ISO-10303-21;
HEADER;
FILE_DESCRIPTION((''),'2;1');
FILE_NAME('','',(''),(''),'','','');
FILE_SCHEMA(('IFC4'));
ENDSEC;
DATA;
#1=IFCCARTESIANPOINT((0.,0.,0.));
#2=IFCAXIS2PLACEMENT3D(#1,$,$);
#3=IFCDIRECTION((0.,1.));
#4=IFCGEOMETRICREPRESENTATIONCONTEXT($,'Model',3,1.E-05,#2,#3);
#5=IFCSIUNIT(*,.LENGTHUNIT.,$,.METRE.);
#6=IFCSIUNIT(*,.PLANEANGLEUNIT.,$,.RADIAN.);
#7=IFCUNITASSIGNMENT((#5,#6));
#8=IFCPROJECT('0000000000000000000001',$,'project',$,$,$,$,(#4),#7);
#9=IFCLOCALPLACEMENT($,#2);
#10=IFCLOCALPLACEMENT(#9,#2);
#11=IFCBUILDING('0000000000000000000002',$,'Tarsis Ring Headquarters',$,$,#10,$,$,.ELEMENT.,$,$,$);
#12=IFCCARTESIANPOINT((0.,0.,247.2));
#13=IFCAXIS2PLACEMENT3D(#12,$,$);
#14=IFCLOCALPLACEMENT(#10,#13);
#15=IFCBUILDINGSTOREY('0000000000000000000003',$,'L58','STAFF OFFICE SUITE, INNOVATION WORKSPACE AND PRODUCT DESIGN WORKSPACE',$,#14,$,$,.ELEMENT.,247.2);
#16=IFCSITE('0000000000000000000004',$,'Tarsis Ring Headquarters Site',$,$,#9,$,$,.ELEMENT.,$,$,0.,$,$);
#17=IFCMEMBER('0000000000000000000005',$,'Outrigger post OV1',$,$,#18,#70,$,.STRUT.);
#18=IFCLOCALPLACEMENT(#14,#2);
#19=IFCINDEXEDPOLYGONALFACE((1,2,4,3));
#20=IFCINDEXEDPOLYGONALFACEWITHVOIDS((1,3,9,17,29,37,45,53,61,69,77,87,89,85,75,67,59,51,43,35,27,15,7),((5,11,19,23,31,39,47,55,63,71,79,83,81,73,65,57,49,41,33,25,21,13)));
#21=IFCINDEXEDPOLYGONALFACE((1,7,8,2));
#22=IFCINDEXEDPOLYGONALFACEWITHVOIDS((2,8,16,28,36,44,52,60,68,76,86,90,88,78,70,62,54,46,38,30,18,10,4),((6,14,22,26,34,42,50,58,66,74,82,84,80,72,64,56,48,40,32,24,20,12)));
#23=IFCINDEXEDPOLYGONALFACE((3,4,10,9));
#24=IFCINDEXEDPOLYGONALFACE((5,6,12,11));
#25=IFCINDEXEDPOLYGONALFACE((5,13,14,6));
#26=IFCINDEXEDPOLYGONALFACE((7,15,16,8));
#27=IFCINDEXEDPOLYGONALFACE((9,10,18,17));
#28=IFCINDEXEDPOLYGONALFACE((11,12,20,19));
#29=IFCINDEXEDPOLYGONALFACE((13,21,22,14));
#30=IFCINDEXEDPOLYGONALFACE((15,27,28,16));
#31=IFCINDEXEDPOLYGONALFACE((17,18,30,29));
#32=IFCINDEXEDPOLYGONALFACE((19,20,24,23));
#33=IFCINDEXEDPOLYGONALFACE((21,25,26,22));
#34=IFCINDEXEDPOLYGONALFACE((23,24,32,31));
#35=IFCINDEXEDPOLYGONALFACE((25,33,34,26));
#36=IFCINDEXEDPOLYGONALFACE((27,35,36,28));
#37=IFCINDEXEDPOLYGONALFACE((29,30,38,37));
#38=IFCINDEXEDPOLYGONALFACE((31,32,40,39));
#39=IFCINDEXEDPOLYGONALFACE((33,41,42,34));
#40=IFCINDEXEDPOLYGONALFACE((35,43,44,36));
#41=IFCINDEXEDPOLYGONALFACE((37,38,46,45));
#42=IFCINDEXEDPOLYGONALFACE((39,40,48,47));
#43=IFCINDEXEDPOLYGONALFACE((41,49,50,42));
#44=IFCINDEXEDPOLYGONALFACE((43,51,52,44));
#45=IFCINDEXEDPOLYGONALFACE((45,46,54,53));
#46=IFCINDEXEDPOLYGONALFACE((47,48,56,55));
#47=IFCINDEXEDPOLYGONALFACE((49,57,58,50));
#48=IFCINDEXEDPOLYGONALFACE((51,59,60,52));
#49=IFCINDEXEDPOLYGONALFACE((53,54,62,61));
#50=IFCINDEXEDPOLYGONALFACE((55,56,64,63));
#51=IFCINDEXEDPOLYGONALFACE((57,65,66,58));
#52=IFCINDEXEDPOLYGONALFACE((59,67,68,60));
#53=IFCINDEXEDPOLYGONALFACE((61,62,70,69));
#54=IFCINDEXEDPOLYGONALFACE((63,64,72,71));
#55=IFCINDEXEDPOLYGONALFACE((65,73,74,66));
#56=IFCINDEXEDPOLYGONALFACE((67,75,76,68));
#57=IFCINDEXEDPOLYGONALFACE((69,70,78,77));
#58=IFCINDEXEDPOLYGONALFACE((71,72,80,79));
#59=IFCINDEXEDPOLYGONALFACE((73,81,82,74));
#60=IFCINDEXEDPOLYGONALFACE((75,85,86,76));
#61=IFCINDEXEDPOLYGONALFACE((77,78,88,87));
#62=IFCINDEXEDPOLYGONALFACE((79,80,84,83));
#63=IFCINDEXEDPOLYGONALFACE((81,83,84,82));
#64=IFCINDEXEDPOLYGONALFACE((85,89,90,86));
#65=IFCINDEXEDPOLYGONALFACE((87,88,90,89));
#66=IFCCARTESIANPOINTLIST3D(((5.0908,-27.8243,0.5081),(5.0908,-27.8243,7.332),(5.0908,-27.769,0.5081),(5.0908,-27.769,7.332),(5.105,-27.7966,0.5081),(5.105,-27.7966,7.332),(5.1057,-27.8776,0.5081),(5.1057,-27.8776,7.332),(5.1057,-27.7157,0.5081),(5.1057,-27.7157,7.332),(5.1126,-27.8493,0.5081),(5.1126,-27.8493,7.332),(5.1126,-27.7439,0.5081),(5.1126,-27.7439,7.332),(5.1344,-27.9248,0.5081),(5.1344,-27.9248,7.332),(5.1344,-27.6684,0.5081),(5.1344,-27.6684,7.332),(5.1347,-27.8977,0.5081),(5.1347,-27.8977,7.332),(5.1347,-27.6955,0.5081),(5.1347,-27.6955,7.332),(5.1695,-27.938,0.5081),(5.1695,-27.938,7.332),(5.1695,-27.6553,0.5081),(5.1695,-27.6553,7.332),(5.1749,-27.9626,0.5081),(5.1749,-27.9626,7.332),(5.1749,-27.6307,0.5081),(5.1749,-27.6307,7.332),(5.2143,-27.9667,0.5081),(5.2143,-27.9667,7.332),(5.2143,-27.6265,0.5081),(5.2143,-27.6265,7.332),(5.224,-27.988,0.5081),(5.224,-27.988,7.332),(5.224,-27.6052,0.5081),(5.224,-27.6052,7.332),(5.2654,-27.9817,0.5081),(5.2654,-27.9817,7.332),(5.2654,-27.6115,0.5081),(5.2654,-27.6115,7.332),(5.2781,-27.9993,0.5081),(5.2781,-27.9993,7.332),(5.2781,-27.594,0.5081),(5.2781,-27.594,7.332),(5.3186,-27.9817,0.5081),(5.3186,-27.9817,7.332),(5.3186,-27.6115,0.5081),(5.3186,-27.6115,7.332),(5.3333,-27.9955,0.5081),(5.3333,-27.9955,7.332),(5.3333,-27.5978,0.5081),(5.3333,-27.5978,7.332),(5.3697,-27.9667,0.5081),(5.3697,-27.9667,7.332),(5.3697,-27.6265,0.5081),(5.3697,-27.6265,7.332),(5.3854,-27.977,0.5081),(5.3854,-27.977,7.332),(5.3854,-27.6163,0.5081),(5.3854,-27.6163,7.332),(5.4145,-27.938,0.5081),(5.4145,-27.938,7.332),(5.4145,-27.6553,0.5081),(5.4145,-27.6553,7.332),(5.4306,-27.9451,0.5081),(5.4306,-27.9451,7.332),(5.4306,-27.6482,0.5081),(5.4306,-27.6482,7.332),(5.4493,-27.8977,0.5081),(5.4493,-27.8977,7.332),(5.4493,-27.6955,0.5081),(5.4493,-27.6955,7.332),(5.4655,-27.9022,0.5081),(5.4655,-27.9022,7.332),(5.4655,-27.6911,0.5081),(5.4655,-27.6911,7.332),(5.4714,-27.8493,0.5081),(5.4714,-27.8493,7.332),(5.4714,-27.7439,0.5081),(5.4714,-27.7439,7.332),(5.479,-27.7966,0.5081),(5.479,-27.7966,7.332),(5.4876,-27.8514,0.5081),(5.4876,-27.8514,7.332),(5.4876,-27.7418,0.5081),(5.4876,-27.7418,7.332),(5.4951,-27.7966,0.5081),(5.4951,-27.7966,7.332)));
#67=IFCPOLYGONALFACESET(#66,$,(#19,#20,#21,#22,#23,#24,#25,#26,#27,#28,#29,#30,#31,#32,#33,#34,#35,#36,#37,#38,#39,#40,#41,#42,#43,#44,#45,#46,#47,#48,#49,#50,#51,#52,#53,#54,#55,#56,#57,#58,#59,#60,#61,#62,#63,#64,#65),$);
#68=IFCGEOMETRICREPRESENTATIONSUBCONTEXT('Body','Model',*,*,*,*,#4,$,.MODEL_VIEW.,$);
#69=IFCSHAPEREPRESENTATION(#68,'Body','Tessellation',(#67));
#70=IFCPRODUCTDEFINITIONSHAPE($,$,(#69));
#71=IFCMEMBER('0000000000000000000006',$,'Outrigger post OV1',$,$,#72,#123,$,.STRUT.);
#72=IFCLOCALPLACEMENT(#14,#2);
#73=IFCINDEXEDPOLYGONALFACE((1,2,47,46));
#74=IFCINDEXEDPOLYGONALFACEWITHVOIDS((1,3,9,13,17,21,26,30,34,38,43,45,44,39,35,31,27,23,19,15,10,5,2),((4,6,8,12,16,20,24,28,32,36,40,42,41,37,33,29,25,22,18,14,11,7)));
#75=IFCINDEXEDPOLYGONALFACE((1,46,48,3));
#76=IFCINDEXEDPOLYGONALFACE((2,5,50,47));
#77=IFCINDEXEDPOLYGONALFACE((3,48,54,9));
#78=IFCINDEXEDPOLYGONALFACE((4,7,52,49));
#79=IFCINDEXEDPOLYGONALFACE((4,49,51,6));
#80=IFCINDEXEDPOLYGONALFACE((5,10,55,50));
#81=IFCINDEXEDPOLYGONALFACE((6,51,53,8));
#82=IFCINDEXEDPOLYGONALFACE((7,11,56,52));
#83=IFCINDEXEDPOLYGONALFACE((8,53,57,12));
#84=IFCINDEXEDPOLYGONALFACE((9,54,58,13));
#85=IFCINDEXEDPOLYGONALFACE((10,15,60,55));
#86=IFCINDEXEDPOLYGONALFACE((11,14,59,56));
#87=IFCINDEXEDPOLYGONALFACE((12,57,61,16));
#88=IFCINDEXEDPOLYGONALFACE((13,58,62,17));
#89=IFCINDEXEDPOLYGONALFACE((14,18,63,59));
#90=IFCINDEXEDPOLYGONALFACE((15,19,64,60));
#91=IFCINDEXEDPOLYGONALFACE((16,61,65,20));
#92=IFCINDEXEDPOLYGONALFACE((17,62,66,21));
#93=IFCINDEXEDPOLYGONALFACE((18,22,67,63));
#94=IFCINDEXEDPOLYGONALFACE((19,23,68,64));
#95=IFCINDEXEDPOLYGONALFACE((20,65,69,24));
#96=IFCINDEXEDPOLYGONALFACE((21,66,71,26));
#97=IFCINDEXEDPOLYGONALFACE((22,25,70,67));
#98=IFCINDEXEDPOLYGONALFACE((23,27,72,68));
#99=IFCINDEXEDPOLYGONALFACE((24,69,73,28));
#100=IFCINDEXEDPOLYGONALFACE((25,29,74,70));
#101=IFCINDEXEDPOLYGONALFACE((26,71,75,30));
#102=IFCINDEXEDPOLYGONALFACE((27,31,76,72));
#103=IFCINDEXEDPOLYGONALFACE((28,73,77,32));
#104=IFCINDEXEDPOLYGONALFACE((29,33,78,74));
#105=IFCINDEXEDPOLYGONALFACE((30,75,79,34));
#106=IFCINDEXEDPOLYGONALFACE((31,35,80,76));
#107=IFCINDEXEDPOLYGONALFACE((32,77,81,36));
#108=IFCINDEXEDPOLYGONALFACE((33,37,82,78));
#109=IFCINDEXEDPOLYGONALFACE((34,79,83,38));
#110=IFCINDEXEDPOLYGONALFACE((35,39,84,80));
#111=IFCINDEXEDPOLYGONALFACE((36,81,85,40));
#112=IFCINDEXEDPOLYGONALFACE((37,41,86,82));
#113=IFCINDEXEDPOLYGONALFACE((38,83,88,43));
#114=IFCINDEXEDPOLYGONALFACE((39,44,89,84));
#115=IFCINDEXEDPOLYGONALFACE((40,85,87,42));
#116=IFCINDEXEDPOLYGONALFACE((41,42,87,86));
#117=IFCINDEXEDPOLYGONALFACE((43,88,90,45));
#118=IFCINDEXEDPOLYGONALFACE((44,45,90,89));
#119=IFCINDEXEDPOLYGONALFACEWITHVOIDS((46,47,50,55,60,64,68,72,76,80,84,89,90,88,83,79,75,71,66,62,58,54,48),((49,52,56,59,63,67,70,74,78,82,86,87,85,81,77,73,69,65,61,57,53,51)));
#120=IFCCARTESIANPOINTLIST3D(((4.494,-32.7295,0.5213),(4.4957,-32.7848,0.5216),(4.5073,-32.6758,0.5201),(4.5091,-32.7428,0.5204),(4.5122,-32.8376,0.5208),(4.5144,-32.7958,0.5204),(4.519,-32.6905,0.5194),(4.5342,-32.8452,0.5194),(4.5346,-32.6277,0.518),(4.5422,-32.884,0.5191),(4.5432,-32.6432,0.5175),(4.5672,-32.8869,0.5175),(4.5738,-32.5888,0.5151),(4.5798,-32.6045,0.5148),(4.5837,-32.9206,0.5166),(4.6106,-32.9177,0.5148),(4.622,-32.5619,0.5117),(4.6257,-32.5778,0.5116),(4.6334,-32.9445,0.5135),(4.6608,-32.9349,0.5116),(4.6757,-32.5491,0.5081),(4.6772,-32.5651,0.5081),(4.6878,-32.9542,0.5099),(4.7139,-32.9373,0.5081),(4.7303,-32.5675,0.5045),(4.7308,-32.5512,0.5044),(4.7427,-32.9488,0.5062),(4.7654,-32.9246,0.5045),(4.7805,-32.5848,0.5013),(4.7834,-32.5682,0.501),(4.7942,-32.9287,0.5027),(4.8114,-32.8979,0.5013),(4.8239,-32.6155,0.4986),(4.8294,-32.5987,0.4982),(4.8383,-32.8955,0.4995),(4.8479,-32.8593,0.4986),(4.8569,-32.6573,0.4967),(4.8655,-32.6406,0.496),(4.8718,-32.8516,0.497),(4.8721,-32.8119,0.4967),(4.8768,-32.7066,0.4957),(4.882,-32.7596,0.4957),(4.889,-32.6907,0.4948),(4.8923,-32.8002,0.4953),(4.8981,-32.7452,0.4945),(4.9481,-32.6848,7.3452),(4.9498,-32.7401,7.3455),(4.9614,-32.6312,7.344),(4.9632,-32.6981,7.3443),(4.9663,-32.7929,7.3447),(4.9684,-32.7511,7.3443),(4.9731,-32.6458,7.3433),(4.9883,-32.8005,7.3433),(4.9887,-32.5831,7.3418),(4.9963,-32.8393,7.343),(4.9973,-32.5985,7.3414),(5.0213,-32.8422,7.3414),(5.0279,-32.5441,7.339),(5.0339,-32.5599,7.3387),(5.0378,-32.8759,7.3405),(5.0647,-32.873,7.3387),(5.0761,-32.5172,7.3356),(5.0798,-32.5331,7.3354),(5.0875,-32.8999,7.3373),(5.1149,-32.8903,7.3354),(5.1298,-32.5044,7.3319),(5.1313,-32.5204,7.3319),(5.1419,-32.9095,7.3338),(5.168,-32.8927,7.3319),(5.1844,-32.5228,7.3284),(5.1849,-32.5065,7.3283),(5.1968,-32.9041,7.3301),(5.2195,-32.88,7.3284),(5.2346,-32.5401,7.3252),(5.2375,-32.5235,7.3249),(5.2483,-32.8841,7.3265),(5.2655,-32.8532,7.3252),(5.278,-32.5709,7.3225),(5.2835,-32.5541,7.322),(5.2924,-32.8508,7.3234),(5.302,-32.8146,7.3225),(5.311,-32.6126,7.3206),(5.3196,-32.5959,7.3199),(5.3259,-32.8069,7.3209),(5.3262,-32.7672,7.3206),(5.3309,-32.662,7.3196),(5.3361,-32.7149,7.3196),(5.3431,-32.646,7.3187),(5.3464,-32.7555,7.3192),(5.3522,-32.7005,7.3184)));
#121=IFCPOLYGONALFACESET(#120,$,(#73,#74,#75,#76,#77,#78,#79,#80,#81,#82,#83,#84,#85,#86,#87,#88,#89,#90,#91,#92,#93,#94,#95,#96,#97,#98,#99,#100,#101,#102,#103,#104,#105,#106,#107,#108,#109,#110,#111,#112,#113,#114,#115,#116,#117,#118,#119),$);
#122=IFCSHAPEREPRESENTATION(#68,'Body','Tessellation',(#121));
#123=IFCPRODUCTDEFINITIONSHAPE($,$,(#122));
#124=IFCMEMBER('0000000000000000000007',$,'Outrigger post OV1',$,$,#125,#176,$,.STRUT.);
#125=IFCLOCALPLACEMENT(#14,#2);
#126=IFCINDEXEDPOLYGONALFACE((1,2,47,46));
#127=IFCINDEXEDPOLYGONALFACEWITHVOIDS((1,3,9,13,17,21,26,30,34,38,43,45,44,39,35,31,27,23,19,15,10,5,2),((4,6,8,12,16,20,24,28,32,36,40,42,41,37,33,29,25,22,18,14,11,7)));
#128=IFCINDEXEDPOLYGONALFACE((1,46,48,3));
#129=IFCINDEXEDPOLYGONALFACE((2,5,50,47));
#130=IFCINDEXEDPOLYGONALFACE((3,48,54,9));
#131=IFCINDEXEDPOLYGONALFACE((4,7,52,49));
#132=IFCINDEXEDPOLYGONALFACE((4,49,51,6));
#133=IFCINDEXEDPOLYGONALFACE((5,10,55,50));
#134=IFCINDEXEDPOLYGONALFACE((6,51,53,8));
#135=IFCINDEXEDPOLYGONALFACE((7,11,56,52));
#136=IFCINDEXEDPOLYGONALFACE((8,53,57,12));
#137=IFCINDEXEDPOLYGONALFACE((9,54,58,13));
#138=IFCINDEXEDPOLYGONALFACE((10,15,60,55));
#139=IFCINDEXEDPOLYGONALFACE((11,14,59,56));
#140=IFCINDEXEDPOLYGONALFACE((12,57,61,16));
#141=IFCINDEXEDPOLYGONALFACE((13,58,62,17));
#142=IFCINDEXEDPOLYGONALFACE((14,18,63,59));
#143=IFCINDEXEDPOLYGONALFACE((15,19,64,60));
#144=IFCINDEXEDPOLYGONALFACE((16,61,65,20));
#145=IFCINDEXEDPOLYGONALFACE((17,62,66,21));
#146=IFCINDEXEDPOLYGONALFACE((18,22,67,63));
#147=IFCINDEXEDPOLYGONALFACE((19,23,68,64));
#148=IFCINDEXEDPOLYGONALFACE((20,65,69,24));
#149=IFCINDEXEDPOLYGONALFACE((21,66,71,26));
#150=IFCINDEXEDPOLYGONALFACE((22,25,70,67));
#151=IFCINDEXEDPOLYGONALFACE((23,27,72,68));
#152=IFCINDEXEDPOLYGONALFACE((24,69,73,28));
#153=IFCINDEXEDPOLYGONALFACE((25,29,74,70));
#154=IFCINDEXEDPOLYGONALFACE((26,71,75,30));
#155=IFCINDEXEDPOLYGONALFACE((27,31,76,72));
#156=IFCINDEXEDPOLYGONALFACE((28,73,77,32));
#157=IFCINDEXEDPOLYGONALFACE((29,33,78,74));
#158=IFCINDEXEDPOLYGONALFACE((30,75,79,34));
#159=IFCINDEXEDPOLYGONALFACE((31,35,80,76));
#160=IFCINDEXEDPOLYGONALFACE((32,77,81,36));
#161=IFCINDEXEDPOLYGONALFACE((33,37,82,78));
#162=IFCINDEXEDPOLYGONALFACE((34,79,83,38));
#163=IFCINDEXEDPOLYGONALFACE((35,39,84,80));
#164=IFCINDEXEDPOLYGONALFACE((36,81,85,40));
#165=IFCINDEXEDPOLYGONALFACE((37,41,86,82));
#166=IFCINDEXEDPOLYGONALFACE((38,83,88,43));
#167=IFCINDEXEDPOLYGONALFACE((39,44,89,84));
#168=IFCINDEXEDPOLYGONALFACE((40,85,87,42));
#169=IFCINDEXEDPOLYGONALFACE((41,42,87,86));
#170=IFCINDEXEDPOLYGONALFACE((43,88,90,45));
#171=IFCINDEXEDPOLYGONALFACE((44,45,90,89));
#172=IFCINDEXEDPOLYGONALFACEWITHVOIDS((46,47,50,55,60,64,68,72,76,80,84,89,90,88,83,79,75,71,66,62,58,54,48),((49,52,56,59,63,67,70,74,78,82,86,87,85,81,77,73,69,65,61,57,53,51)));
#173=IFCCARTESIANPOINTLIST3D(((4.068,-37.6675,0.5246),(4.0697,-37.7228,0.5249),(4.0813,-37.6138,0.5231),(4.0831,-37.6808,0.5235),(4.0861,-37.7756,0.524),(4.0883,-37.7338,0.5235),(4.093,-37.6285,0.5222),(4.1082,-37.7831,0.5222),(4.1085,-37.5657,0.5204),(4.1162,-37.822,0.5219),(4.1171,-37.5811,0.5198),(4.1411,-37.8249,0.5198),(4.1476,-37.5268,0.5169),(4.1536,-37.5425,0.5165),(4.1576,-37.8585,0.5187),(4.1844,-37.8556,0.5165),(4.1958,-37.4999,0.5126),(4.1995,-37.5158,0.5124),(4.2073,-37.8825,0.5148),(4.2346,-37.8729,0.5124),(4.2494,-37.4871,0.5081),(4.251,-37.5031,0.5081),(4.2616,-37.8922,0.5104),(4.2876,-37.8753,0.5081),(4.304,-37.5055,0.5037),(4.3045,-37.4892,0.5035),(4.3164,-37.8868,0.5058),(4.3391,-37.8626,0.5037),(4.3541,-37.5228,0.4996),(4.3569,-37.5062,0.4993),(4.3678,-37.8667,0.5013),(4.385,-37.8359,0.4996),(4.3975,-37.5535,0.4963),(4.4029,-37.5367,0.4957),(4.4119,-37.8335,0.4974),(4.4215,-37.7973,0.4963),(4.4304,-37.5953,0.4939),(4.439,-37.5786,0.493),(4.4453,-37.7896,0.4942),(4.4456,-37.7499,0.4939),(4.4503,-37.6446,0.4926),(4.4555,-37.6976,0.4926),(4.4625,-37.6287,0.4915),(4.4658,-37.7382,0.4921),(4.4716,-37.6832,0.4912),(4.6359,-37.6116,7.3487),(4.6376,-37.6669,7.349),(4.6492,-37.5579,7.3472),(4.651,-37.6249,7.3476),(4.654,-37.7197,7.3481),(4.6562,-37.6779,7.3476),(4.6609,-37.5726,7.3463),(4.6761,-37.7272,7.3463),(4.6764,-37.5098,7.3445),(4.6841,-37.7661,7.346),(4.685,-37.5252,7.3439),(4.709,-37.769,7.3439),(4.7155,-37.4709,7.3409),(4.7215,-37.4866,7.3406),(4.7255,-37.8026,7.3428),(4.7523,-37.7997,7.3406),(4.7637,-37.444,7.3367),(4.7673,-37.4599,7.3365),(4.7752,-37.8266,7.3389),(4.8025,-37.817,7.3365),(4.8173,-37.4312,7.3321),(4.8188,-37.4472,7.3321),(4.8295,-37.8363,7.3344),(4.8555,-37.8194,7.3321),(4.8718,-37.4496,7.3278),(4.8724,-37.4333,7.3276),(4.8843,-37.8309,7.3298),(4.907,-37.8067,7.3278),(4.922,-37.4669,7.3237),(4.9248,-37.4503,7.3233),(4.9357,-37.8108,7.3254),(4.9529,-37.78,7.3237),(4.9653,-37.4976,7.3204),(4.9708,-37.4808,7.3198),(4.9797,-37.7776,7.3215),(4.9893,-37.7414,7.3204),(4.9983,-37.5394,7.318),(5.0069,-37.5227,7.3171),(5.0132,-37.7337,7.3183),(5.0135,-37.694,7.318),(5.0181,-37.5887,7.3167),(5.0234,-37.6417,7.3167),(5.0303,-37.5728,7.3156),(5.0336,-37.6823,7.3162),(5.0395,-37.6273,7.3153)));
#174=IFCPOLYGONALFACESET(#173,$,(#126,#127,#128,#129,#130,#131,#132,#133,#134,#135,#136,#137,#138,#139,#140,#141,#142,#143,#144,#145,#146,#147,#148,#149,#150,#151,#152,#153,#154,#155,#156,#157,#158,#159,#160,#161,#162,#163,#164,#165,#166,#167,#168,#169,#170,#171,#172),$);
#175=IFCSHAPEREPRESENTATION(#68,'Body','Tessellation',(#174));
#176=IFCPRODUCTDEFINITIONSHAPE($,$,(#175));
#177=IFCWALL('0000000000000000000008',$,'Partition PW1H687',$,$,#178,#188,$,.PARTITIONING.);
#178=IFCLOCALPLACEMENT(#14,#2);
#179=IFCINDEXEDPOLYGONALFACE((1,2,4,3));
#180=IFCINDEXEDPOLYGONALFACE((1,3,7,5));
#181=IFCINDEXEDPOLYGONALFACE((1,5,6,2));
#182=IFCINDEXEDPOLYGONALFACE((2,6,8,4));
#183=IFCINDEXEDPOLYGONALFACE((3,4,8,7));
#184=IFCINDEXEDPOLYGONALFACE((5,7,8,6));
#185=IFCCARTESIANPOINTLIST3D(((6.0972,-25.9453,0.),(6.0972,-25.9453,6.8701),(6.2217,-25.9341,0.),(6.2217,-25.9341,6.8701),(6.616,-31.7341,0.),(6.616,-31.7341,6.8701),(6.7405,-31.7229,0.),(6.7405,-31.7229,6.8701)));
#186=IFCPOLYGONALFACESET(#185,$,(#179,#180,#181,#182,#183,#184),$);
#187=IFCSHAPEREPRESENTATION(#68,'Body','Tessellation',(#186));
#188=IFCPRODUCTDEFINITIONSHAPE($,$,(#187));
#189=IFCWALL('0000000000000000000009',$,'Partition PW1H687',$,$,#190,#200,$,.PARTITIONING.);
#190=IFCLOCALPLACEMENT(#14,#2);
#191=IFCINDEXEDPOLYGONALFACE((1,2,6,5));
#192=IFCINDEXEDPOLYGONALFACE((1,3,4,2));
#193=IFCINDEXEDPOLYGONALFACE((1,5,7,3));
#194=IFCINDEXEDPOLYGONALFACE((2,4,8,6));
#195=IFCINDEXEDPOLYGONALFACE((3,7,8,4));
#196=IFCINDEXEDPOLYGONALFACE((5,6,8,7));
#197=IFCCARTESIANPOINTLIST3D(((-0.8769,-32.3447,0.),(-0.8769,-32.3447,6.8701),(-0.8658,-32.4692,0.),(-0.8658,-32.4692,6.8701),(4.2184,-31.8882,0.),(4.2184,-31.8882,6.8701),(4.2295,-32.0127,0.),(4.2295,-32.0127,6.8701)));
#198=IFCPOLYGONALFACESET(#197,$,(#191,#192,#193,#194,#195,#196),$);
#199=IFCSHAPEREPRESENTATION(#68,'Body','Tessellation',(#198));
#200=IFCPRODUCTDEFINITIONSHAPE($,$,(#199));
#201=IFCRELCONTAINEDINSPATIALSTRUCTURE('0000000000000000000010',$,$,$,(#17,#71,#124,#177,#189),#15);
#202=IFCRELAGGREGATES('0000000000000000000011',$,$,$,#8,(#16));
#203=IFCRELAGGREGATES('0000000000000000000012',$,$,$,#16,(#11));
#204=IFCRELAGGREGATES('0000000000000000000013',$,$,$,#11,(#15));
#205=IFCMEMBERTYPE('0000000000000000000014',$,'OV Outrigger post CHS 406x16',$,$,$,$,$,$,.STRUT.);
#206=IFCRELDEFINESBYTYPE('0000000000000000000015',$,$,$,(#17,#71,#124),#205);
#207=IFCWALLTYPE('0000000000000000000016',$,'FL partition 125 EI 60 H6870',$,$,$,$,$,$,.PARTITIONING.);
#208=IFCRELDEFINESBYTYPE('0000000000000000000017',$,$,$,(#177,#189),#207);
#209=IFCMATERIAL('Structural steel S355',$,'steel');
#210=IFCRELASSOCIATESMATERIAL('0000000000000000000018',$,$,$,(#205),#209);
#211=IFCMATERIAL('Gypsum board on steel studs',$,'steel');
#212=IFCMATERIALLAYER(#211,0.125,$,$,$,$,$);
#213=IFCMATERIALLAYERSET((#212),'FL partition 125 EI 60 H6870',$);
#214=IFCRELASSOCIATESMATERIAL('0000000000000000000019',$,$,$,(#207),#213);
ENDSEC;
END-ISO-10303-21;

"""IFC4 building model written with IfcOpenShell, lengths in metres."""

from ifc_helpers import new_model, si_unit, direction, frame, frame_2d, origin, origin_2d, place, context, subcontext, project, spatial, rectangle, hollow_circle, extrude, material, layer, layer_set, material_profile, profile_set, type_object, element, save


model = new_model("IFC4")

# Units and contexts
model_context = context("Model", 3, precision=1e-05, world=origin(), true_north=direction((0.0, 1.0)))
body_context = subcontext(model_context, "Body", "Model", "MODEL_VIEW")
ifc_project = project(units=[si_unit("LENGTHUNIT", "METRE"), si_unit("PLANEANGLEUNIT", "RADIAN")], contexts=[model_context])

# Site, building, storey
site_placement = place(None, origin())
site = spatial("IfcSite", under=ifc_project, at=site_placement, Name="Tarsis Ring Headquarters Site", CompositionType="ELEMENT", RefElevation=0.0)
building_placement = place(site_placement, origin())
building = spatial("IfcBuilding", under=site, at=building_placement, Name="Tarsis Ring Headquarters", CompositionType="ELEMENT")
storey_placement = place(building_placement, frame((0.0, 0.0, 247.2)))
storey = spatial("IfcBuildingStorey", under=building, at=storey_placement, Name="L58", Description="STAFF OFFICE SUITE, INNOVATION WORKSPACE AND PRODUCT DESIGN WORKSPACE", CompositionType="ELEMENT", Elevation=247.2)

# Members
ifc_material_1 = material(Name="Structural steel S355", Category="steel")
ifc_material_profile_1 = material_profile(ifc_material_1, hollow_circle(Radius=0.2031, WallThickness=0.0161, at=origin_2d()), Name="CHS 406x16")
ifc_profile_set_1 = profile_set([ifc_material_profile_1], Name="Structural steel S355")
member_type_1 = type_object("IfcMemberType", Name="OV Outrigger post CHS 406x16", PredefinedType="STRUT", material=ifc_profile_set_1)
member_1_placement = place(storey_placement, frame((5.292, -27.7966, 0.5081), z_axis=(0.0, 0.0, 1.0), x_axis=(1.0, 0.0, 0.0)))
element("IfcMember", 1, at=member_1_placement, inside=storey, type_object=member_type_1, Name="Outrigger post OV1", PredefinedType="STRUT", context=body_context, shape_type="SweptSolid", body=[
    extrude(hollow_circle(Radius=0.2031, WallThickness=0.0161, at=origin_2d()), origin(), (0.0, 0.0, 1.0), 6.824),
])
member_2_placement = place(storey_placement, frame((4.6956, -32.7512, 0.5081), z_axis=(0.066397, 0.006533, 0.997772), x_axis=(-0.097914, 0.995195, 0.0)))
element("IfcMember", 2, at=member_2_placement, inside=storey, type_object=member_type_1, Name="Outrigger post OV1", PredefinedType="STRUT", context=body_context, shape_type="SweptSolid", body=[
    extrude(hollow_circle(Radius=0.2031, WallThickness=0.0161, at=origin_2d()), origin(), (0.0, 0.0, 1.0), 6.8391),
])
member_3_placement = place(storey_placement, frame((4.2693, -37.6892, 0.5081), z_axis=(0.082928, 0.008164, 0.996522), x_axis=(-0.097979, 0.995189, 0.0)))
element("IfcMember", 3, at=member_3_placement, inside=storey, type_object=member_type_1, Name="Outrigger post OV1", PredefinedType="STRUT", context=body_context, shape_type="SweptSolid", body=[
    extrude(hollow_circle(Radius=0.2031, WallThickness=0.0161, at=origin_2d()), origin(), (0.0, 0.0, 1.0), 6.8479),
])

# Walls
ifc_material_2 = material(Name="Gypsum board on steel studs", Category="steel")
ifc_layer_1 = layer(ifc_material_2, 0.125)
ifc_layer_set_1 = layer_set([ifc_layer_1], Name="FL partition 125 EI 60 H6870")
wall_type_1 = type_object("IfcWallType", Name="FL partition 125 EI 60 H6870", PredefinedType="PARTITIONING", material=ifc_layer_set_1)
wall_1_placement = place(storey_placement, frame((6.1594, -25.9397, 0.0), z_axis=(0.0, 0.0, 1.0), x_axis=(0.089263, -0.996008, 0.0)))
element("IfcWall", 4, at=wall_1_placement, inside=storey, type_object=wall_type_1, Name="Partition PW1H687", PredefinedType="PARTITIONING", context=body_context, shape_type="SweptSolid", body=[
    extrude(rectangle(XDim=5.812, YDim=0.125, at=frame_2d((2.906, 0.0))), origin(), (0.0, 0.0, 1.0), 6.8701),
])
wall_2_placement = place(storey_placement, frame((-0.8713, -32.407, 0.0), z_axis=(0.0, 0.0, 1.0), x_axis=(0.99601, 0.089245, 0.0)))
element("IfcWall", 5, at=wall_2_placement, inside=storey, type_object=wall_type_1, Name="Partition PW1H687", PredefinedType="PARTITIONING", context=body_context, shape_type="SweptSolid", body=[
    extrude(rectangle(XDim=5.1157, YDim=0.125, at=frame_2d((2.5579, 0.0))), origin(), (0.0, 0.0, 1.0), 6.8701),
])

save(model, "model.ifc")
